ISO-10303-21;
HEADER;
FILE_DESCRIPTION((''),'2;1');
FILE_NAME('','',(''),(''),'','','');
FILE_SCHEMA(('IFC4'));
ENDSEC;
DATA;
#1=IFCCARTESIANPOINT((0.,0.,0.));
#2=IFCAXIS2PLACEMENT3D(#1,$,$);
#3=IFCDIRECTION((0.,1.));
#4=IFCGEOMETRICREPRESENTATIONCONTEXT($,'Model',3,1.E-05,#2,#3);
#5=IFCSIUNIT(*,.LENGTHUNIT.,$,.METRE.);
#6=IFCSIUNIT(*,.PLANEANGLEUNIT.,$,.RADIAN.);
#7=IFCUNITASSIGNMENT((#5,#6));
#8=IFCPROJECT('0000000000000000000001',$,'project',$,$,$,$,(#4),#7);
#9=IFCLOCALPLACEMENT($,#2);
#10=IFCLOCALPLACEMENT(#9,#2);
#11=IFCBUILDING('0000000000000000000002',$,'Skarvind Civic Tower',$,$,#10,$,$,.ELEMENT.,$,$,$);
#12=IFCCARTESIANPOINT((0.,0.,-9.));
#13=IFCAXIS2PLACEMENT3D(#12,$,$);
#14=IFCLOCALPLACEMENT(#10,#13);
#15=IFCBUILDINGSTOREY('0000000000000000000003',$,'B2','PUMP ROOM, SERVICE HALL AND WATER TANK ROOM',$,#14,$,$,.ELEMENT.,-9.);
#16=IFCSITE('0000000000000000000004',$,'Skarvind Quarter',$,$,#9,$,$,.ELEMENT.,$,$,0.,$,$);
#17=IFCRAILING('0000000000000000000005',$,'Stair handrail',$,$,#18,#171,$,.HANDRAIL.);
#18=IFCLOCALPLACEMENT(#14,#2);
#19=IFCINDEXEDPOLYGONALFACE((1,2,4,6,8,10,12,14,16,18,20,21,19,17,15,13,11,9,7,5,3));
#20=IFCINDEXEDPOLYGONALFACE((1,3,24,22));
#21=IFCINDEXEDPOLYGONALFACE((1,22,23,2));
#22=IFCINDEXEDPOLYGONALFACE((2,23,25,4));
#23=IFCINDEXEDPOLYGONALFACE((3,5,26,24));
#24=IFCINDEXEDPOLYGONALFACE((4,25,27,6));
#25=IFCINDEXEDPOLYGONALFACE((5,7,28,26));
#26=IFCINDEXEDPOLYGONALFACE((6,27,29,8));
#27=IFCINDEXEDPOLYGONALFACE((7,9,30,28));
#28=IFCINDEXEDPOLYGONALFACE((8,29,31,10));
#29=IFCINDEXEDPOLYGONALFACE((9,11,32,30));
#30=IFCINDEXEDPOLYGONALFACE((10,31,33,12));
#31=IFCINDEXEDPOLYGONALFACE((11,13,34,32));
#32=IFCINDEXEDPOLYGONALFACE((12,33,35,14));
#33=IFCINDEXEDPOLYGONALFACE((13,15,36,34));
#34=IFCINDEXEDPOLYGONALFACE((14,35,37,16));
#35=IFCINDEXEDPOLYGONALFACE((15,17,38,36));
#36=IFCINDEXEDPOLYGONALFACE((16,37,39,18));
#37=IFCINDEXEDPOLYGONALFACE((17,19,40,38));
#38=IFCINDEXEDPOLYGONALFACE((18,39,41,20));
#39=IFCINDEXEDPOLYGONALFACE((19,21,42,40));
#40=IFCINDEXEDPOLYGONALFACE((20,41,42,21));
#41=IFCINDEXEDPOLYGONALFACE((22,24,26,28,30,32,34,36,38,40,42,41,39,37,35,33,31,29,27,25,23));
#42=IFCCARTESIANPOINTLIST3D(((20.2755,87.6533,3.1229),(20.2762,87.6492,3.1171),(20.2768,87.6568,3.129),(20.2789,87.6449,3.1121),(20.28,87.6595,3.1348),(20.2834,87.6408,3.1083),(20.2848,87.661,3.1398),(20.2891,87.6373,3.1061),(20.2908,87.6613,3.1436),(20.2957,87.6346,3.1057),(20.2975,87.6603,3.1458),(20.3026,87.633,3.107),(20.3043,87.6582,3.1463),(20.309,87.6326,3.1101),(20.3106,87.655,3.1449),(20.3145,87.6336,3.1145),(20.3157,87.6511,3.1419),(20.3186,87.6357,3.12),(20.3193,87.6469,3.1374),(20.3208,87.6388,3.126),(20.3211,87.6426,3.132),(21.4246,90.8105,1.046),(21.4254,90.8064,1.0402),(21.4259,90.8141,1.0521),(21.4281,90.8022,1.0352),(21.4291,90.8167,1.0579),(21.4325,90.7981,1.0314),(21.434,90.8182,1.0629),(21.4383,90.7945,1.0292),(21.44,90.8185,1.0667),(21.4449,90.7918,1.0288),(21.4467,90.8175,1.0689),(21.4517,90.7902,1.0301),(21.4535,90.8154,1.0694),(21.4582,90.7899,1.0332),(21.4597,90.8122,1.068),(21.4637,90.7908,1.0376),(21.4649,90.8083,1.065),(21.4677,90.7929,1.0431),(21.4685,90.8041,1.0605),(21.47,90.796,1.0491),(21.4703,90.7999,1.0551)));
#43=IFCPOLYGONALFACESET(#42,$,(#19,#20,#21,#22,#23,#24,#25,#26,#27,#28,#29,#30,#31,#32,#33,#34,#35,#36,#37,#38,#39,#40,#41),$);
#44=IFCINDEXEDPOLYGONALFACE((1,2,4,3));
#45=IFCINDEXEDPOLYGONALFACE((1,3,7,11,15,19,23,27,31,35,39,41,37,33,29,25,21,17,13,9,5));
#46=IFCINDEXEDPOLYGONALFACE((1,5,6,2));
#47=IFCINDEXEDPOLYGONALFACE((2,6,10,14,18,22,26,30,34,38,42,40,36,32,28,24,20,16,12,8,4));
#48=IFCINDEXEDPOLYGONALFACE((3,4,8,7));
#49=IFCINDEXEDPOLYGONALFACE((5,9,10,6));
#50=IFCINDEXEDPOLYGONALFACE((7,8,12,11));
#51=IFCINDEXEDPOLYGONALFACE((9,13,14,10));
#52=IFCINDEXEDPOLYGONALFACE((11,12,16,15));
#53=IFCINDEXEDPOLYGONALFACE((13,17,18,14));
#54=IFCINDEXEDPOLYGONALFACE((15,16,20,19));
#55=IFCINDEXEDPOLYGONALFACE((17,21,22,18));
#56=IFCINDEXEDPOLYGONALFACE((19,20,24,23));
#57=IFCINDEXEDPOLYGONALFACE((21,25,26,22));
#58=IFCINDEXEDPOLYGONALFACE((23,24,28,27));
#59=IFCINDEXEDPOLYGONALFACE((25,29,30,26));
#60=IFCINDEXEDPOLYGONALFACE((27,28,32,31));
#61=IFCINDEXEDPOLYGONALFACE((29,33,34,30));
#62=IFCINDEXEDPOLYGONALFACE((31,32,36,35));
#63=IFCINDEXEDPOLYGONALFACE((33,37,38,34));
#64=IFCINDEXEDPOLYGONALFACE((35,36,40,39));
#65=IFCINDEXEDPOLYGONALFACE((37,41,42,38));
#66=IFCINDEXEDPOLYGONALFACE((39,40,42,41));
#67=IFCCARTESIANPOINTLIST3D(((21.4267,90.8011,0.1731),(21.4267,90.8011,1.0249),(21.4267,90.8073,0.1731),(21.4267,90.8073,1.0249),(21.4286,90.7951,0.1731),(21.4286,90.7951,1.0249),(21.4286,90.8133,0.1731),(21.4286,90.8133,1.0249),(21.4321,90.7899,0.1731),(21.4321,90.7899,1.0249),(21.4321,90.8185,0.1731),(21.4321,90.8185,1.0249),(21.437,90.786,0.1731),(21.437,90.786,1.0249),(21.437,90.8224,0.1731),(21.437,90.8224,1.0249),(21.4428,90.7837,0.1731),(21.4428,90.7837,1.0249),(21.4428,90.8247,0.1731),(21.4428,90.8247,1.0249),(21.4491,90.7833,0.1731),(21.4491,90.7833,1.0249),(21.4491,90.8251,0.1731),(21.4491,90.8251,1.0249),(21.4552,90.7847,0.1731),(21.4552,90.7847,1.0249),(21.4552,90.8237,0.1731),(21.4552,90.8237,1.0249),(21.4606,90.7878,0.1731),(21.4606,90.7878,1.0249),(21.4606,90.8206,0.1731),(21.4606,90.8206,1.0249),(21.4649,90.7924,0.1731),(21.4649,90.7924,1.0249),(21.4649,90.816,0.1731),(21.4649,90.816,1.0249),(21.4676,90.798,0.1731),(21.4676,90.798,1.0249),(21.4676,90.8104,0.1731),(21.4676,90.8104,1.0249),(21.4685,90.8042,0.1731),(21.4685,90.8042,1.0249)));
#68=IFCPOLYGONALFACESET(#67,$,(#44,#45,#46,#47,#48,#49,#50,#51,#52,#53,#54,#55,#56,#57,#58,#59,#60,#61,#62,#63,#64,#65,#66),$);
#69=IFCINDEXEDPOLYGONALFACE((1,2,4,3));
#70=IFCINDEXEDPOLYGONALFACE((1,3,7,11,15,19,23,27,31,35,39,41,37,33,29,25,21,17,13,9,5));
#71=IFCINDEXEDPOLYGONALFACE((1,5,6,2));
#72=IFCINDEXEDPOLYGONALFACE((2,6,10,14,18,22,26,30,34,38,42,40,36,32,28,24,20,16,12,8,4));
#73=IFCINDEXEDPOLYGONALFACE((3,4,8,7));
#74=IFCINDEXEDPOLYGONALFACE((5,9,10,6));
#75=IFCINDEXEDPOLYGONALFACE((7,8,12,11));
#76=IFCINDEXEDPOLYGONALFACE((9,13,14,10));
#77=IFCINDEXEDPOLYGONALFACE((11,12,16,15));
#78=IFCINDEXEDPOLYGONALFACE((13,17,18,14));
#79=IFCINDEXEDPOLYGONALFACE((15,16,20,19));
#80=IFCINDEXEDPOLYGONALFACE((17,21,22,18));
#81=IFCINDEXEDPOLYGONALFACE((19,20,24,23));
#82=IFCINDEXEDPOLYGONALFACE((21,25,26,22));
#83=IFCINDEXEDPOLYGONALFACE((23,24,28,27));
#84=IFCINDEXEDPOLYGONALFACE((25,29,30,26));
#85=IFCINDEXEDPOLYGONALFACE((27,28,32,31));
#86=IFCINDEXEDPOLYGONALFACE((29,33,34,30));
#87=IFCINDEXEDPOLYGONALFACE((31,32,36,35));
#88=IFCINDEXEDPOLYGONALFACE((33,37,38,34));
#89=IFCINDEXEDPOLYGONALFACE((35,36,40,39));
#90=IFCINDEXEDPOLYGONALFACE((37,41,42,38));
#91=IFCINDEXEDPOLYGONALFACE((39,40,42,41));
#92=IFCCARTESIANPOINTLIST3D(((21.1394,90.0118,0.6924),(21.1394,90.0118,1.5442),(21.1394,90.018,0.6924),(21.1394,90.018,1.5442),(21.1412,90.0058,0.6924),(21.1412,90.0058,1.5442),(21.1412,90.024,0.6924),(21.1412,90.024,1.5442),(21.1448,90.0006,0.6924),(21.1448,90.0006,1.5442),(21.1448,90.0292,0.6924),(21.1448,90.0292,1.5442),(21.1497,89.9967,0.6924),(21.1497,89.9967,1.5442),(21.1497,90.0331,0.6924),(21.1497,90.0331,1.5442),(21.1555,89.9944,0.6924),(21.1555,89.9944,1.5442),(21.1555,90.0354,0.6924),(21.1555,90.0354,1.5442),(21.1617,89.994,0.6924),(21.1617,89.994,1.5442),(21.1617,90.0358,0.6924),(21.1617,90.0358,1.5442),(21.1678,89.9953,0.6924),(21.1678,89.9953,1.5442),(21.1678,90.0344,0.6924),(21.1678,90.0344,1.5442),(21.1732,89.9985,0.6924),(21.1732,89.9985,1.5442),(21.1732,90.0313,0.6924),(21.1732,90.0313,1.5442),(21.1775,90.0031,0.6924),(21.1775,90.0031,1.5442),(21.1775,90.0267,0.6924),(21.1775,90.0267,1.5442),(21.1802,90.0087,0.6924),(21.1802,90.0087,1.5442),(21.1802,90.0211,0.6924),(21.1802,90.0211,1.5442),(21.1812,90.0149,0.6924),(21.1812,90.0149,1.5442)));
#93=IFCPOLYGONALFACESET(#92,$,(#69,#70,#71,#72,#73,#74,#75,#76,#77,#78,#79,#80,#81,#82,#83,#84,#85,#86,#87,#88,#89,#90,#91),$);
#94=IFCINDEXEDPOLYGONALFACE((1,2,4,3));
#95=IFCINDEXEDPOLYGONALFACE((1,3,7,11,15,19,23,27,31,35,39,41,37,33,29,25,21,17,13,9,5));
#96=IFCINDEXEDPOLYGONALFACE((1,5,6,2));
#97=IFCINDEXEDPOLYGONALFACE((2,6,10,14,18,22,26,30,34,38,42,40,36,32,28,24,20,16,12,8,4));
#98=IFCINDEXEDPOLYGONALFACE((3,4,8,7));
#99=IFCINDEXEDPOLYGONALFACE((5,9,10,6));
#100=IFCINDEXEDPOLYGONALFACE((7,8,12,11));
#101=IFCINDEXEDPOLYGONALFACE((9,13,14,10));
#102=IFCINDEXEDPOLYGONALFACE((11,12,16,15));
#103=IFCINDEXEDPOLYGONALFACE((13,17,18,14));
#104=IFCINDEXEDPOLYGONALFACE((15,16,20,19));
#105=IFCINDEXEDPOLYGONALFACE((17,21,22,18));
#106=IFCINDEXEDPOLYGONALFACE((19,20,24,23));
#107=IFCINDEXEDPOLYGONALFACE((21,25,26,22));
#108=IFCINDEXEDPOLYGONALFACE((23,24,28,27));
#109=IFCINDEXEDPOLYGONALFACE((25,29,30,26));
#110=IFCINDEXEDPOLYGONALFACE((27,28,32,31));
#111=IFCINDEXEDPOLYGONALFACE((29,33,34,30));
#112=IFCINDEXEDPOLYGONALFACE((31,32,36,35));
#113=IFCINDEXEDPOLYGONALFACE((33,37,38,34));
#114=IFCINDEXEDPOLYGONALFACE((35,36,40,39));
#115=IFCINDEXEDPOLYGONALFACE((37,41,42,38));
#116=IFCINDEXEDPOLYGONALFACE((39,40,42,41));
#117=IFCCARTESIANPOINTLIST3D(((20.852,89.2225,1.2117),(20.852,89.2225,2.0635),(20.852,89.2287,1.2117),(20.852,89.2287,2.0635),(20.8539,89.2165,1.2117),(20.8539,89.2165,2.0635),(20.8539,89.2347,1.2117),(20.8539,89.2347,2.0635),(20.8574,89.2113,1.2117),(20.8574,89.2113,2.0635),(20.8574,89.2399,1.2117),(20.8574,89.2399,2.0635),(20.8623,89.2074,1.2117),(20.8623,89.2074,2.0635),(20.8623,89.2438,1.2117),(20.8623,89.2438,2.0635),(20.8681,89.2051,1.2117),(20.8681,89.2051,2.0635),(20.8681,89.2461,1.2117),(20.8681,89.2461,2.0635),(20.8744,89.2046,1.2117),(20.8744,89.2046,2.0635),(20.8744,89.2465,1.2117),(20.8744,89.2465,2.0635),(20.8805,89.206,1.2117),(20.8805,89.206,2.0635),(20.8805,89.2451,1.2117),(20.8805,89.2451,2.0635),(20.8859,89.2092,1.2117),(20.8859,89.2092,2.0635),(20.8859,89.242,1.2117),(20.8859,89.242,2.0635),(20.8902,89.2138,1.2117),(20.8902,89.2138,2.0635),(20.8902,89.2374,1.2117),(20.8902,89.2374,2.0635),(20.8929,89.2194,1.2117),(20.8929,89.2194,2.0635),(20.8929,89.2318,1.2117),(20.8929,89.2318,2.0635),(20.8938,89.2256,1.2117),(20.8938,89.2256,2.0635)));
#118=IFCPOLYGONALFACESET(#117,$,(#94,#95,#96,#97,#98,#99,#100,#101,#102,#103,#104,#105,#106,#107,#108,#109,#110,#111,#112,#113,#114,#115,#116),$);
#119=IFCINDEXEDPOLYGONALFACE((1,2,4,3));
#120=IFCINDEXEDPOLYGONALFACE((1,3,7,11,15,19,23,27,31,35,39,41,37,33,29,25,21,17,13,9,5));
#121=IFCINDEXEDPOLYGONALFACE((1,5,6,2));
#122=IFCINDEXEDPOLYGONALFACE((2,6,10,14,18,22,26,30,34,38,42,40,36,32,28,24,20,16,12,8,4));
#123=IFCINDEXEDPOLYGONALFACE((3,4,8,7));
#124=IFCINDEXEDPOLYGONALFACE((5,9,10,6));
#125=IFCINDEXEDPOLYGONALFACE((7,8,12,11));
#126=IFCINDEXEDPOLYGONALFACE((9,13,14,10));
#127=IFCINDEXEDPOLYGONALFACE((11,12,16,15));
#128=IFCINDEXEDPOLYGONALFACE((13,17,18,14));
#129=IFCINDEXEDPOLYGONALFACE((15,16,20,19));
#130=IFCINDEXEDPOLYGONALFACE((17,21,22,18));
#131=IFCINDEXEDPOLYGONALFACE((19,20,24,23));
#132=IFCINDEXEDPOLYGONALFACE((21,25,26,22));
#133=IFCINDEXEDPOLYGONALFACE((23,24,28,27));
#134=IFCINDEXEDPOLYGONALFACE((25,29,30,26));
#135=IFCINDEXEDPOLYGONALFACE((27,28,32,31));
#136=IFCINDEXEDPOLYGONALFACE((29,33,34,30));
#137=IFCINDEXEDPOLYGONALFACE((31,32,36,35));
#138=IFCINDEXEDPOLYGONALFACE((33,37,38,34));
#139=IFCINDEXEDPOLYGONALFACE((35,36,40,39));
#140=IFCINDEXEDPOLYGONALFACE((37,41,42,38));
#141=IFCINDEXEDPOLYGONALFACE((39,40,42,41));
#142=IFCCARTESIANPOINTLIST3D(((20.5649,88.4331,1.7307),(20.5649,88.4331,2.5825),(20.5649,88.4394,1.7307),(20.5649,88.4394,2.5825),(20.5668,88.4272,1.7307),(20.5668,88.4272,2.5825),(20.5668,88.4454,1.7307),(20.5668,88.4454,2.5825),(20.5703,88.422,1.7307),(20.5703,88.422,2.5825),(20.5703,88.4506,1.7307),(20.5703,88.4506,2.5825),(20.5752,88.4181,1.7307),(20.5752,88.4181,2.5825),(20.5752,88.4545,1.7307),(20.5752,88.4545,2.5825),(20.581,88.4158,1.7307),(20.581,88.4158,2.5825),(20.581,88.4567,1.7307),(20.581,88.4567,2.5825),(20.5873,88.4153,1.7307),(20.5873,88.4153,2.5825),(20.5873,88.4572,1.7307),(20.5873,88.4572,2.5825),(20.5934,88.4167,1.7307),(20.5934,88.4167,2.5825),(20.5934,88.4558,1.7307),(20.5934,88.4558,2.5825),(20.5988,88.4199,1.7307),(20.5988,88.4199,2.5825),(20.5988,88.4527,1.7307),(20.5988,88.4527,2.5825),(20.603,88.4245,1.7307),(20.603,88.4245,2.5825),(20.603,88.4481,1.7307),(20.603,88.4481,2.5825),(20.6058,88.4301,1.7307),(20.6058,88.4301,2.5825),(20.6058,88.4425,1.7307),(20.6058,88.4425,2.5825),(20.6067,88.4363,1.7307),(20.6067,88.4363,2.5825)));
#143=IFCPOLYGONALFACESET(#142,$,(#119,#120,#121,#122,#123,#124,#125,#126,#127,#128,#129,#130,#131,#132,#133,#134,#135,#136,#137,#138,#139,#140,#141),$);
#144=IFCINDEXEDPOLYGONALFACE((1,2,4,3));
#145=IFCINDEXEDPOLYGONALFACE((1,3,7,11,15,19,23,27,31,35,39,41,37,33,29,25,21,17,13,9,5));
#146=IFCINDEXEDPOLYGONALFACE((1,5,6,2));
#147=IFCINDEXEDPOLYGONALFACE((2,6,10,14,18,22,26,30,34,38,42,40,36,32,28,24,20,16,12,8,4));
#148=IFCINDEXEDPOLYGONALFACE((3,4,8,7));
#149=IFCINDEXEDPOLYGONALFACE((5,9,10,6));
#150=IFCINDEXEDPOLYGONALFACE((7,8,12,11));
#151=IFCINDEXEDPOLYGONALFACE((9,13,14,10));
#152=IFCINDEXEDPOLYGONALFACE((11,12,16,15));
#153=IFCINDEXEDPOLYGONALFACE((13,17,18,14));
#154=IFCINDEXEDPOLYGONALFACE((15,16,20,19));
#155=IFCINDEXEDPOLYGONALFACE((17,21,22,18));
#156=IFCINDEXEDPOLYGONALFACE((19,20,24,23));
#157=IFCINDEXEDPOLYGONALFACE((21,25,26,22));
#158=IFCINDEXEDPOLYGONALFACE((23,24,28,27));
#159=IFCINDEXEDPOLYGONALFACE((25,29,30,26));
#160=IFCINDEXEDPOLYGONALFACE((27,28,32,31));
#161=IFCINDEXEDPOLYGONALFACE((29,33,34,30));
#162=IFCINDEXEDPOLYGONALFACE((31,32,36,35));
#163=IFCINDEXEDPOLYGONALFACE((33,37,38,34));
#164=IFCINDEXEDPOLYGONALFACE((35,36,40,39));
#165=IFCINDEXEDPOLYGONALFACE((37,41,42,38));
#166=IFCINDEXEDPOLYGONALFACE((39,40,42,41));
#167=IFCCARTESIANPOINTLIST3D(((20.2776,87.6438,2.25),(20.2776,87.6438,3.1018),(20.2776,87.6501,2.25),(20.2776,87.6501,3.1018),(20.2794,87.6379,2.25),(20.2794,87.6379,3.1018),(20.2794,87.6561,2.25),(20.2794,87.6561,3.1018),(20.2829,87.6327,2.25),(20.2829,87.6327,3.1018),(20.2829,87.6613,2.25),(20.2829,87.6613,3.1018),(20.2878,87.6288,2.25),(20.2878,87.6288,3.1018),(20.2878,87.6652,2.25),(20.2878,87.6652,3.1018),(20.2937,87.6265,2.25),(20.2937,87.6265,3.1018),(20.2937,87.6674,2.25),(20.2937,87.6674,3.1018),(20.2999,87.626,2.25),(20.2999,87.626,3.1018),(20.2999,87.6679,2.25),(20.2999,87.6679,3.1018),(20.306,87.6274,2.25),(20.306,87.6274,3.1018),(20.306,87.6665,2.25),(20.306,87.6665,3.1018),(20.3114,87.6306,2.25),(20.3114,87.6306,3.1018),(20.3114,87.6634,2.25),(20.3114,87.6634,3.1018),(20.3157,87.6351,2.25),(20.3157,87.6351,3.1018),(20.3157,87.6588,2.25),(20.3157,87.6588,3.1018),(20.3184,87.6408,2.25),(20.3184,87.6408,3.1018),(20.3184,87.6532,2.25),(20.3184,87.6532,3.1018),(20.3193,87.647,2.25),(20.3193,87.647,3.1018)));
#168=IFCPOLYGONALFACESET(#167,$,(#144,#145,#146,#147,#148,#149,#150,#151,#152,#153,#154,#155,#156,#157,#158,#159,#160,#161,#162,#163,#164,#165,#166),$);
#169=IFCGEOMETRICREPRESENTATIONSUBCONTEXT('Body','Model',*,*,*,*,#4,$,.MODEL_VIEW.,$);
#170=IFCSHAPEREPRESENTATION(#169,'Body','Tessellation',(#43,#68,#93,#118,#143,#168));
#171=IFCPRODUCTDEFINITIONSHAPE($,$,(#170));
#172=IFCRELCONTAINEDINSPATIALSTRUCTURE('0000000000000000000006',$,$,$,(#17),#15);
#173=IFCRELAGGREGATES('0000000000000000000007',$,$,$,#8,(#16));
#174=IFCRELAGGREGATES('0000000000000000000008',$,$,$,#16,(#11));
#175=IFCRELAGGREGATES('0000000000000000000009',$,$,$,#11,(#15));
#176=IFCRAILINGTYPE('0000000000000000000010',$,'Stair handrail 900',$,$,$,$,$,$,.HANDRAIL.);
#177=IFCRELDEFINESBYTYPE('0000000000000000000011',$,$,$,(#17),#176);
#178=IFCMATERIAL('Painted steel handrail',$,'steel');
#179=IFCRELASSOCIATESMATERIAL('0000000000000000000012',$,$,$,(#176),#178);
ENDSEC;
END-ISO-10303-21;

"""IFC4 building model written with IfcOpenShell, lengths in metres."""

from ifc_helpers import new_model, si_unit, direction, frame, origin, origin_2d, place, context, subcontext, project, spatial, circle, extrude, material, type_object, element, save


model = new_model("IFC4")

# Units and contexts
model_context = context("Model", 3, precision=1e-05, world=origin(), true_north=direction((0.0, 1.0)))
body_context = subcontext(model_context, "Body", "Model", "MODEL_VIEW")
ifc_project = project(units=[si_unit("LENGTHUNIT", "METRE"), si_unit("PLANEANGLEUNIT", "RADIAN")], contexts=[model_context])

# Site, building, storey
site_placement = place(None, origin())
site = spatial("IfcSite", under=ifc_project, at=site_placement, Name="Skarvind Quarter", CompositionType="ELEMENT", RefElevation=0.0)
building_placement = place(site_placement, origin())
building = spatial("IfcBuilding", under=site, at=building_placement, Name="Skarvind Civic Tower", CompositionType="ELEMENT")
storey_placement = place(building_placement, frame((0.0, 0.0, -9.0)))
storey = spatial("IfcBuildingStorey", under=building, at=storey_placement, Name="B2", Description="PUMP ROOM, SERVICE HALL AND WATER TANK ROOM", CompositionType="ELEMENT", Elevation=-9.0)

# Railing
ifc_material_1 = material(Name="Painted steel handrail", Category="steel")
railing_type = type_object("IfcRailingType", Name="Stair handrail 900", PredefinedType="HANDRAIL", material=ifc_material_1)
railing_1_placement = place(storey_placement, frame((21.4475, 90.8042, 0.1731)))
element("IfcRailing", 1, at=railing_1_placement, inside=storey, type_object=railing_type, Name="Stair handrail", PredefinedType="HANDRAIL", context=body_context, shape_type="SweptSolid", body=[
    extrude(circle(Radius=0.0239, at=origin_2d()), frame((0.0, 0.0, 0.876), z_axis=(-0.290932, -0.799305, 0.525804), x_axis=(0.939689, -0.342029, 0.0)), (0.0, 0.0, 1.0), 3.95),
    extrude(circle(Radius=0.021, at=origin_2d()), origin(), (0.0, 0.0, 1.0), 0.8518),
    extrude(circle(Radius=0.021, at=origin_2d()), frame((-0.2874, -0.7893, 0.5193)), (0.0, 0.0, 1.0), 0.8518),
    extrude(circle(Radius=0.021, at=origin_2d()), frame((-0.5747, -1.5786, 1.0386)), (0.0, 0.0, 1.0), 0.8518),
    extrude(circle(Radius=0.021, at=origin_2d()), frame((-0.8618, -2.3679, 1.5576)), (0.0, 0.0, 1.0), 0.8518),
    extrude(circle(Radius=0.021, at=origin_2d()), frame((-1.1492, -3.1572, 2.0769)), (0.0, 0.0, 1.0), 0.8518),
])

save(model, "model.ifc")
